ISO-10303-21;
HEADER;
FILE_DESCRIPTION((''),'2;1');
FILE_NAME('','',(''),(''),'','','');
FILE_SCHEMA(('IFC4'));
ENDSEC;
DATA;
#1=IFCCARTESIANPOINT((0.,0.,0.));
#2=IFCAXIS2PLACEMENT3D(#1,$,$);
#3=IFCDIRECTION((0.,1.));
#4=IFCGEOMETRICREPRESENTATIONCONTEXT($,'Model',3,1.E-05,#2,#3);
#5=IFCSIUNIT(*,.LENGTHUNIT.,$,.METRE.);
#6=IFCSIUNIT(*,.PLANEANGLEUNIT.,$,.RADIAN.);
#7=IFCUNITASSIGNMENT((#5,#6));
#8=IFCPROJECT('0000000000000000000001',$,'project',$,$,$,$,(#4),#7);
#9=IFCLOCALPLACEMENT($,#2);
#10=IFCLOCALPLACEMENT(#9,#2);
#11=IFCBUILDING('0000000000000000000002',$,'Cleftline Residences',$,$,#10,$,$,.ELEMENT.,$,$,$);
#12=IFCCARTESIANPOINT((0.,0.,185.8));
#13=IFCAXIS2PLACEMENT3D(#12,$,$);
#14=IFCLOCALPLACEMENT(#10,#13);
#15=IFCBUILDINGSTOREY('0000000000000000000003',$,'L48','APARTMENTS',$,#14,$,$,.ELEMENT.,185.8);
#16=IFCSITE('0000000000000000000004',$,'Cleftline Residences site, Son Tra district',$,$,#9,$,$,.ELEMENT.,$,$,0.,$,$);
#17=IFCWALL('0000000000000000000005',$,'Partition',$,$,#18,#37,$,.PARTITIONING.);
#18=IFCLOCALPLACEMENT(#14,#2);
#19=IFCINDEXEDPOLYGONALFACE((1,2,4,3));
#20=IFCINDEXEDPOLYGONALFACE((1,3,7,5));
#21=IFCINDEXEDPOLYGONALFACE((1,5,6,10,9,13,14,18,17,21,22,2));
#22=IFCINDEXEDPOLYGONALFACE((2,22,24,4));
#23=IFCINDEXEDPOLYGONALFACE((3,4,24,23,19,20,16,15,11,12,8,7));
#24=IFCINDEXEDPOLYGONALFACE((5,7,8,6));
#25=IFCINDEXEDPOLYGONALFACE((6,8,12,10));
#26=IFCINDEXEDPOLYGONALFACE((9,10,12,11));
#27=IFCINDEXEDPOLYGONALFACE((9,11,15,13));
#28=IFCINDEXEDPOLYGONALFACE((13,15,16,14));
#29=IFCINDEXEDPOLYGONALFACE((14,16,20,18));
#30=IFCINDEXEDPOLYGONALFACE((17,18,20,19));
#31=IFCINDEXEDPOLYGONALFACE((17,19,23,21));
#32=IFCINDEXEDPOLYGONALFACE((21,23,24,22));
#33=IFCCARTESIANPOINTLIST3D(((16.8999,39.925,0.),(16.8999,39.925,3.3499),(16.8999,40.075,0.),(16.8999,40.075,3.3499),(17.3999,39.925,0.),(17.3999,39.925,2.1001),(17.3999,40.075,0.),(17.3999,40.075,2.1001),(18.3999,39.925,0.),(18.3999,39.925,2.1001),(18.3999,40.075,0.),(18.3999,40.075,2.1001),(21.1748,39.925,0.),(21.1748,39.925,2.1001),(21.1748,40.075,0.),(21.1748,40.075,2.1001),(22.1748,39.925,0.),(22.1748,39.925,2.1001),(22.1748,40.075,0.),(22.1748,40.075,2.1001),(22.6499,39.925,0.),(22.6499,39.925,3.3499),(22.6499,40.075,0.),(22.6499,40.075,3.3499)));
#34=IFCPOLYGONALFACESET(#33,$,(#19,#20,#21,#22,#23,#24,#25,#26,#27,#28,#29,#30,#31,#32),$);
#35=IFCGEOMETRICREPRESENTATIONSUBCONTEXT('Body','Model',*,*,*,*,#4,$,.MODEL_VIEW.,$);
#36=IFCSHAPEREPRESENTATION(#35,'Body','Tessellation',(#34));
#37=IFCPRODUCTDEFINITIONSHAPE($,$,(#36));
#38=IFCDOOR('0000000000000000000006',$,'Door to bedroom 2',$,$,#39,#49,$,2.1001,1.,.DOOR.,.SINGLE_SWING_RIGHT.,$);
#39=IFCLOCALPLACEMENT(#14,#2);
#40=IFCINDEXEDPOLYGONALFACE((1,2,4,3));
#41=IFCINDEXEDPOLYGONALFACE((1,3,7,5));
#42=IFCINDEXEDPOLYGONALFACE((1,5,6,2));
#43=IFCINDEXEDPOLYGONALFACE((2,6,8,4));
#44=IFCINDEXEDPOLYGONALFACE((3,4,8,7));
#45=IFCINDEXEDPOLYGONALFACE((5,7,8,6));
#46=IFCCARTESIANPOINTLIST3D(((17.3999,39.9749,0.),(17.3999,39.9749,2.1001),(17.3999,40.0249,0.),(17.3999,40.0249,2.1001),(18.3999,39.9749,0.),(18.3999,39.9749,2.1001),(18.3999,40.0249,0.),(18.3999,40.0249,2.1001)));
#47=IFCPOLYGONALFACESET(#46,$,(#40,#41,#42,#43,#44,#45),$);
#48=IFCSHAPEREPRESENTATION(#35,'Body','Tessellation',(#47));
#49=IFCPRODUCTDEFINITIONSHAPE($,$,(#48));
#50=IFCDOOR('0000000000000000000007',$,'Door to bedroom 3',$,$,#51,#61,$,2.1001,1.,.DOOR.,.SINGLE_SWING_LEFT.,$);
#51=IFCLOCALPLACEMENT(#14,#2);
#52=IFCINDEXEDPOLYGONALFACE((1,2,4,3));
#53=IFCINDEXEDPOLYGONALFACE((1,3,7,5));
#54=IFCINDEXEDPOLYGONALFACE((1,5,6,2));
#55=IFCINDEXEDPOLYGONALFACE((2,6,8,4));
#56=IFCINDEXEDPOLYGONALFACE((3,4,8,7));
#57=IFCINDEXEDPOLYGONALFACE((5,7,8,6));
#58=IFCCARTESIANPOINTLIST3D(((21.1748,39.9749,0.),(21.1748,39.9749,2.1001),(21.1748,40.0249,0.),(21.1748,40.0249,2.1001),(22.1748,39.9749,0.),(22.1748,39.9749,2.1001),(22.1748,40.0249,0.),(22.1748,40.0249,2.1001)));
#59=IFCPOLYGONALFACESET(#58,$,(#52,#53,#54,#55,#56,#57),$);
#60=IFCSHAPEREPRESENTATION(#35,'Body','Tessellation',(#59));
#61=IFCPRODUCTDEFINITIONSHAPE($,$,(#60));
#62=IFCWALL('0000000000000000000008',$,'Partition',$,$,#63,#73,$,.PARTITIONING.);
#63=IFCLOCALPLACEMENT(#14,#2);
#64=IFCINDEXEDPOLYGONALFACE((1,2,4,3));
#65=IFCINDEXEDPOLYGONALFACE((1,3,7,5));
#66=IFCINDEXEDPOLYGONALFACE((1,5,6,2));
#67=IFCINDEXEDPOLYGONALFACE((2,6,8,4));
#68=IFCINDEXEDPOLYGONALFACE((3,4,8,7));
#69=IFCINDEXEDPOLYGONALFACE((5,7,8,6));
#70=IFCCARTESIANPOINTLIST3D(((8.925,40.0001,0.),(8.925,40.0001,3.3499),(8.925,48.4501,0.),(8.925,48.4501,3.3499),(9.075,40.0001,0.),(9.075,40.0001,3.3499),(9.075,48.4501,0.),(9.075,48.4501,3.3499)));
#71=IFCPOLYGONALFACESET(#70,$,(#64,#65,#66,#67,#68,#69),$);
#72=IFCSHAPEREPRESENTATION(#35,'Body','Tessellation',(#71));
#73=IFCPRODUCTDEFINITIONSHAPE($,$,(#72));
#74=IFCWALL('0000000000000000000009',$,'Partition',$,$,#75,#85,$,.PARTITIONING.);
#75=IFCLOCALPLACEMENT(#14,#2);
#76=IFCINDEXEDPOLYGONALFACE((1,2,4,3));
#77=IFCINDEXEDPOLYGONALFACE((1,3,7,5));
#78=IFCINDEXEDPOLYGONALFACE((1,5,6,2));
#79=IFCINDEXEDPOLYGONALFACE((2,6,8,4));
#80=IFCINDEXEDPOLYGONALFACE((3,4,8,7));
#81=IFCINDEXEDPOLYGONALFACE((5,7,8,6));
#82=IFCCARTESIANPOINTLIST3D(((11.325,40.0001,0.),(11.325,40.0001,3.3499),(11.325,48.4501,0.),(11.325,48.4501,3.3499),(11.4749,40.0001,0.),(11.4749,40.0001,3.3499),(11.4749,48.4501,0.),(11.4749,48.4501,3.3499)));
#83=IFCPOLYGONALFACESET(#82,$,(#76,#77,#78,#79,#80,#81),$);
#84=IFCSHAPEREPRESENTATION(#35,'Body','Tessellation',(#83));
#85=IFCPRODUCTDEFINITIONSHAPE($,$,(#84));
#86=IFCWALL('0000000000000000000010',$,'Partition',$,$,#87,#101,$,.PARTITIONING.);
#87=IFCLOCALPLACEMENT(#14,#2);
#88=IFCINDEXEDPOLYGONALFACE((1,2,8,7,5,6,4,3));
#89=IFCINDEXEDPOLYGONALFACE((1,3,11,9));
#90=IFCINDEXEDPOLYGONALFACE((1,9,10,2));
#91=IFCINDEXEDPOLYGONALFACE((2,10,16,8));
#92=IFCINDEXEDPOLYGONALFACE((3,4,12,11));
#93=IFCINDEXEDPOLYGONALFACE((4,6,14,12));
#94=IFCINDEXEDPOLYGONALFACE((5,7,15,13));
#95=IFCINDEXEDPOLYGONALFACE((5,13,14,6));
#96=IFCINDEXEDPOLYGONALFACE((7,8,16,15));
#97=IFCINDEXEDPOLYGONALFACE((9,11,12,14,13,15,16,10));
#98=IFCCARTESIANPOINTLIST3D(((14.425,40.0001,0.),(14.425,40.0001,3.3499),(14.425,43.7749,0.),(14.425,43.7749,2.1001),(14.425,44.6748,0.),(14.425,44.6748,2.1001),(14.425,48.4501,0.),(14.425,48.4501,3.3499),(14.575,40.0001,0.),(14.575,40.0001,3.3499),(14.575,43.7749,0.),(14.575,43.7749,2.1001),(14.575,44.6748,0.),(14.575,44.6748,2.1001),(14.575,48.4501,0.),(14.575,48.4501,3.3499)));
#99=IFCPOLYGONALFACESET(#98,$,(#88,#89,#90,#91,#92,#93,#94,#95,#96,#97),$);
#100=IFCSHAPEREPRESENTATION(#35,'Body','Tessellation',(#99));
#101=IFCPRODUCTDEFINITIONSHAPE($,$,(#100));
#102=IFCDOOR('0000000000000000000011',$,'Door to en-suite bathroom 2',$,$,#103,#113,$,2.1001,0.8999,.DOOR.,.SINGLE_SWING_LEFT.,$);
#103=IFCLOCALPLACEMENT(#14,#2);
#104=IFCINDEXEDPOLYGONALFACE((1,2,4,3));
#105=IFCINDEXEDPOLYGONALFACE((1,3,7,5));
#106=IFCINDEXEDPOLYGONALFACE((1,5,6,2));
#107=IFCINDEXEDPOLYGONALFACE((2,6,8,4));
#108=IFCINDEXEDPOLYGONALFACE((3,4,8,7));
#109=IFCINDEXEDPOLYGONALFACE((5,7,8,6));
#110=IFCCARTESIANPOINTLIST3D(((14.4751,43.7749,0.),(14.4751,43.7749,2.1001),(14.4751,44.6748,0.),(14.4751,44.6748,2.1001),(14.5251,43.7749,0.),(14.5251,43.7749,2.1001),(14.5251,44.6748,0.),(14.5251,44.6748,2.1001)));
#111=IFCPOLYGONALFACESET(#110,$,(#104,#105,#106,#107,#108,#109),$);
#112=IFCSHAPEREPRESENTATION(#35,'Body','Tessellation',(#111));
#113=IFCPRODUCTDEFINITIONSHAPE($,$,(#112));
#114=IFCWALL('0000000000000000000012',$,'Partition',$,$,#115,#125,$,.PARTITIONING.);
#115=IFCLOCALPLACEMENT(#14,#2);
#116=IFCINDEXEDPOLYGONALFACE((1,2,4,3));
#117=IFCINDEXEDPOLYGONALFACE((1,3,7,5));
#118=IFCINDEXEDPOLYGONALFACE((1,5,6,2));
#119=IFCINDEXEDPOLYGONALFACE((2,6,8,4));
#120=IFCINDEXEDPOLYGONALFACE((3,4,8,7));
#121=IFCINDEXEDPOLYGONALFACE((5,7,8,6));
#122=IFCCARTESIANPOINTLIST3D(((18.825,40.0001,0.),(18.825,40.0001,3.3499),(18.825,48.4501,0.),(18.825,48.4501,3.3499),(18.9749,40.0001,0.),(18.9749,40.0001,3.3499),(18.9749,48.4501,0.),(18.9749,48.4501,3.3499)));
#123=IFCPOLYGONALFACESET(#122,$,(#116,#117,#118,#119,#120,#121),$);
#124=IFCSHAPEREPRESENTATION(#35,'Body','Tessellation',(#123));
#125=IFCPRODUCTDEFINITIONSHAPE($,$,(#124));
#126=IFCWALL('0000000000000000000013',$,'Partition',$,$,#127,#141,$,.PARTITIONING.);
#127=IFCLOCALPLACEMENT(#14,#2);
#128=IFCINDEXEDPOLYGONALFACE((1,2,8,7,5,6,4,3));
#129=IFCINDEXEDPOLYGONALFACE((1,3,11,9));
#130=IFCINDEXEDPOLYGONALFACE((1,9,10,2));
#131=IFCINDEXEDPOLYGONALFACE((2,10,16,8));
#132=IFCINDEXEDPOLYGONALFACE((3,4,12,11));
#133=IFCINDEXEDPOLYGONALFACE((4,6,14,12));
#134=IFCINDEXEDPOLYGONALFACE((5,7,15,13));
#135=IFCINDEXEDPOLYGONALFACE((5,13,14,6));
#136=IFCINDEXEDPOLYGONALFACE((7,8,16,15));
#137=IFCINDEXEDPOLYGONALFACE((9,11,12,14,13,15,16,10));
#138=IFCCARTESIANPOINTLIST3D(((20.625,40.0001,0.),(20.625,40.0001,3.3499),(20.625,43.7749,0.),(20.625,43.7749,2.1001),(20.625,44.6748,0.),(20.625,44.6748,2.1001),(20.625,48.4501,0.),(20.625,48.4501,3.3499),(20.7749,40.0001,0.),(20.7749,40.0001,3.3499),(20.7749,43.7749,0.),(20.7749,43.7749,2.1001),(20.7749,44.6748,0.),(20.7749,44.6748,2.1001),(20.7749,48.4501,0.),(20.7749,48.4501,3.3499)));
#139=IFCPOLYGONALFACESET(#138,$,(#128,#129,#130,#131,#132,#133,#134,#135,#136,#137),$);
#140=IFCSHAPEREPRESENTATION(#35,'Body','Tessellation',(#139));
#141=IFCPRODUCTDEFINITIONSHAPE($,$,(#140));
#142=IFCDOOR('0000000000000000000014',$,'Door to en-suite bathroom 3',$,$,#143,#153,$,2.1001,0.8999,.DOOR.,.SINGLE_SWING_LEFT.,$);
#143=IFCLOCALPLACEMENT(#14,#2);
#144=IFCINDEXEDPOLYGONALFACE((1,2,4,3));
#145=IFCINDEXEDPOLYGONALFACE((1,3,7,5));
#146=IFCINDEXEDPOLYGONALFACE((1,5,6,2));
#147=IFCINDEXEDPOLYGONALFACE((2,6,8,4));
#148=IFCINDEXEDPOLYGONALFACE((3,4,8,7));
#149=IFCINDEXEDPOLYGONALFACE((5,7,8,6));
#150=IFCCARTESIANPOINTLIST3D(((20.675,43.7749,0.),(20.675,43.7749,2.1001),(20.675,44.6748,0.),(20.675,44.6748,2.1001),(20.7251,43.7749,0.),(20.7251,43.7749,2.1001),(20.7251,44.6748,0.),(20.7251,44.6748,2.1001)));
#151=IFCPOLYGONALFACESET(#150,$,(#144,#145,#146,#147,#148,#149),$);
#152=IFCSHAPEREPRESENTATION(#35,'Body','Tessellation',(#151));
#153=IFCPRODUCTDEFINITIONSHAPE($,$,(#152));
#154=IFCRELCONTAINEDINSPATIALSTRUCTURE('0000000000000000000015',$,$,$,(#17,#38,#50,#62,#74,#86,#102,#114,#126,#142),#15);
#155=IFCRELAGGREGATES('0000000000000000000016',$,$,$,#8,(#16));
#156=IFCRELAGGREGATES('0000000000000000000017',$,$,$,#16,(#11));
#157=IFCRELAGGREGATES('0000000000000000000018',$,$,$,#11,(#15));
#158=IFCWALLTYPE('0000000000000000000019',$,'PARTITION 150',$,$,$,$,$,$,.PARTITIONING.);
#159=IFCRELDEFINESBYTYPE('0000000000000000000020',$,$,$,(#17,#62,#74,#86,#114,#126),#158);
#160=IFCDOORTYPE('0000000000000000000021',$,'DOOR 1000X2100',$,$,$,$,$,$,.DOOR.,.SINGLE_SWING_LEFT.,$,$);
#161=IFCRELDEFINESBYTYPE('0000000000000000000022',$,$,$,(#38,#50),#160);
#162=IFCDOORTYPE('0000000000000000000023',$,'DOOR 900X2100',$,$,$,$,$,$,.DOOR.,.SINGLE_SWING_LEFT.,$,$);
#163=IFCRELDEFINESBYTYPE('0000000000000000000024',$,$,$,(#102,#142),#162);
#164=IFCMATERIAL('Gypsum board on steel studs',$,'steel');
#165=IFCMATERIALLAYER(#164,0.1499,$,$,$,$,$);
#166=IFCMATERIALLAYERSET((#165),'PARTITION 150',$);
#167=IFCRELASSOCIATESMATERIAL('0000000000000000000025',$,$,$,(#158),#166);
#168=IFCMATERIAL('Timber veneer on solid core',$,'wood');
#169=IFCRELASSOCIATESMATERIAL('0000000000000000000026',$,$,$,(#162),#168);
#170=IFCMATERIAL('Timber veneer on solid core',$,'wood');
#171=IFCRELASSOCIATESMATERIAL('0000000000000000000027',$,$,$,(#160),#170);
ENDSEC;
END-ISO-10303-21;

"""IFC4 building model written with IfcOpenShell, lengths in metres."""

from ifc_helpers import new_model, si_unit, direction, frame, frame_2d, origin, place, context, subcontext, project, spatial, rectangle, extrude, material, layer, layer_set, type_object, element, fill, save


model = new_model("IFC4")

# Units and contexts
model_context = context("Model", 3, precision=1e-05, world=origin(), true_north=direction((0.0, 1.0)))
body_context = subcontext(model_context, "Body", "Model", "MODEL_VIEW")
ifc_project = project(units=[si_unit("LENGTHUNIT", "METRE"), si_unit("PLANEANGLEUNIT", "RADIAN")], contexts=[model_context])

# Site, building, storey
site_placement = place(None, origin())
site = spatial("IfcSite", under=ifc_project, at=site_placement, Name="Cleftline Residences site, Son Tra district", CompositionType="ELEMENT", RefElevation=0.0)
building_placement = place(site_placement, origin())
building = spatial("IfcBuilding", under=site, at=building_placement, Name="Cleftline Residences", CompositionType="ELEMENT")
storey_placement = place(building_placement, frame((0.0, 0.0, 185.8)))
storey = spatial("IfcBuildingStorey", under=building, at=storey_placement, Name="L48", Description="APARTMENTS", CompositionType="ELEMENT", Elevation=185.8)

# Shared definitions
ifc_material_1 = material(Name="Gypsum board on steel studs", Category="steel")
ifc_layer = layer(ifc_material_1, 0.1499)
ifc_layer_set = layer_set([ifc_layer], Name="PARTITION 150")
wall_type = type_object("IfcWallType", Name="PARTITION 150", PredefinedType="PARTITIONING", material=ifc_layer_set)
ifc_material_2 = material(Name="Timber veneer on solid core", Category="wood")
door_type_1 = type_object("IfcDoorType", Name="DOOR 900X2100", OperationType="SINGLE_SWING_LEFT", PredefinedType="DOOR", material=ifc_material_2)

# Wall, openings, doors
wall_1_placement = place(storey_placement, frame((16.8999, 40.0, 0.0), z_axis=(0.0, 0.0, 1.0), x_axis=(1.0, 0.0, 0.0)))
wall_1 = element("IfcWall", 1, at=wall_1_placement, inside=storey, type_object=wall_type, Name="Partition", PredefinedType="PARTITIONING", context=body_context, shape_type="SweptSolid", body=[
    extrude(rectangle(XDim=5.75, YDim=0.1499, at=frame_2d((2.875, 0.0))), origin(), (0.0, 0.0, 1.0), 3.3499),
])
opening_1_placement = place(wall_1_placement, frame((0.5, 0.0, 0.0)))
opening_1 = element("IfcOpeningElement", 2, at=opening_1_placement, cuts=wall_1, PredefinedType="OPENING", context=body_context, shape_type="SweptSolid", body=[
    extrude(rectangle(XDim=1.0, YDim=2.1001, at=frame_2d((0.5, 1.05))), frame((0.0, 0.085, 0.0), z_axis=(0.0, -1.0, 0.0), x_axis=(1.0, 0.0, 0.0)), (0.0, 0.0, 1.0), 0.1699),
])
opening_2_placement = place(wall_1_placement, frame((4.2749, 0.0, 0.0)))
opening_2 = element("IfcOpeningElement", 3, at=opening_2_placement, cuts=wall_1, PredefinedType="OPENING", context=body_context, shape_type="SweptSolid", body=[
    extrude(rectangle(XDim=1.0, YDim=2.1001, at=frame_2d((0.5, 1.05))), frame((0.0, 0.085, 0.0), z_axis=(0.0, -1.0, 0.0), x_axis=(1.0, 0.0, 0.0)), (0.0, 0.0, 1.0), 0.1699),
])
ifc_material_3 = material(Name="Timber veneer on solid core", Category="wood")
door_type_2 = type_object("IfcDoorType", Name="DOOR 1000X2100", OperationType="SINGLE_SWING_LEFT", PredefinedType="DOOR", material=ifc_material_3)
door_1_placement = place(opening_1_placement, origin())
door_1 = element("IfcDoor", 4, at=door_1_placement, inside=storey, type_object=door_type_2, Name="Door to bedroom 2", OperationType="SINGLE_SWING_RIGHT", OverallHeight=2.1001, OverallWidth=1.0, PredefinedType="DOOR", context=body_context, shape_type="SweptSolid", body=[
    extrude(rectangle(XDim=1.0, YDim=2.1001, at=frame_2d((0.5, 1.05))), frame((0.0, 0.0249, 0.0), z_axis=(0.0, -1.0, 0.0), x_axis=(1.0, 0.0, 0.0)), (0.0, 0.0, 1.0), 0.05),
])
fill(opening_1, door_1)
door_2_placement = place(opening_2_placement, origin())
door_2 = element("IfcDoor", 5, at=door_2_placement, inside=storey, type_object=door_type_2, Name="Door to bedroom 3", OperationType="SINGLE_SWING_LEFT", OverallHeight=2.1001, OverallWidth=1.0, PredefinedType="DOOR", context=body_context, shape_type="SweptSolid", body=[
    extrude(rectangle(XDim=1.0, YDim=2.1001, at=frame_2d((0.5, 1.05))), frame((0.0, 0.0249, 0.0), z_axis=(0.0, -1.0, 0.0), x_axis=(1.0, 0.0, 0.0)), (0.0, 0.0, 1.0), 0.05),
])
fill(opening_2, door_2)

# Walls
for number, where, z_axis, x_axis, name in (
    (6, (9.0, 40.0, 0.0), (0.0, 0.0, 1.0), (0.0, 1.0, 0.0), "Partition"),
    (7, (11.3999, 40.0, 0.0), (0.0, 0.0, 1.0), (0.0, 1.0, 0.0), "Partition"),
):
    element("IfcWall", number, at=place(storey_placement, frame(where, z_axis=z_axis, x_axis=x_axis)), inside=storey, type_object=wall_type, Name=name, PredefinedType="PARTITIONING", context=body_context, shape_type="SweptSolid", body=[
        extrude(rectangle(XDim=8.45, YDim=0.1499, at=frame_2d((4.2251, 0.0))), origin(), (0.0, 0.0, 1.0), 3.3499),
    ])

# Wall, opening, door
wall_2_placement = place(storey_placement, frame((14.5, 40.0, 0.0), z_axis=(0.0, 0.0, 1.0), x_axis=(0.0, 1.0, 0.0)))
wall_2 = element("IfcWall", 8, at=wall_2_placement, inside=storey, type_object=wall_type, Name="Partition", PredefinedType="PARTITIONING", context=body_context, shape_type="SweptSolid", body=[
    extrude(rectangle(XDim=8.45, YDim=0.1499, at=frame_2d((4.2251, 0.0))), origin(), (0.0, 0.0, 1.0), 3.3499),
])
opening_3_placement = place(wall_2_placement, frame((3.7749, 0.0, 0.0)))
opening_3 = element("IfcOpeningElement", 9, at=opening_3_placement, cuts=wall_2, PredefinedType="OPENING", context=body_context, shape_type="SweptSolid", body=[
    extrude(rectangle(XDim=0.8999, YDim=2.1001, at=frame_2d((0.45, 1.05))), frame((0.0, 0.085, 0.0), z_axis=(0.0, -1.0, 0.0), x_axis=(1.0, 0.0, 0.0)), (0.0, 0.0, 1.0), 0.1699),
])
door_3_placement = place(opening_3_placement, origin())
door_3 = element("IfcDoor", 10, at=door_3_placement, inside=storey, type_object=door_type_1, Name="Door to en-suite bathroom 2", OperationType="SINGLE_SWING_LEFT", OverallHeight=2.1001, OverallWidth=0.8999, PredefinedType="DOOR", context=body_context, shape_type="SweptSolid", body=[
    extrude(rectangle(XDim=0.8999, YDim=2.1001, at=frame_2d((0.45, 1.05))), frame((0.0, 0.0249, 0.0), z_axis=(0.0, -1.0, 0.0), x_axis=(1.0, 0.0, 0.0)), (0.0, 0.0, 1.0), 0.05),
])
fill(opening_3, door_3)

# Wall
wall_3_placement = place(storey_placement, frame((18.8999, 40.0, 0.0), z_axis=(0.0, 0.0, 1.0), x_axis=(0.0, 1.0, 0.0)))
element("IfcWall", 11, at=wall_3_placement, inside=storey, type_object=wall_type, Name="Partition", PredefinedType="PARTITIONING", context=body_context, shape_type="SweptSolid", body=[
    extrude(rectangle(XDim=8.45, YDim=0.1499, at=frame_2d((4.2251, 0.0))), origin(), (0.0, 0.0, 1.0), 3.3499),
])

# Wall, opening, door
wall_4_placement = place(storey_placement, frame((20.7, 40.0, 0.0), z_axis=(0.0, 0.0, 1.0), x_axis=(0.0, 1.0, 0.0)))
wall_4 = element("IfcWall", 12, at=wall_4_placement, inside=storey, type_object=wall_type, Name="Partition", PredefinedType="PARTITIONING", context=body_context, shape_type="SweptSolid", body=[
    extrude(rectangle(XDim=8.45, YDim=0.1499, at=frame_2d((4.2251, 0.0))), origin(), (0.0, 0.0, 1.0), 3.3499),
])
opening_4_placement = place(wall_4_placement, frame((3.7749, 0.0, 0.0)))
opening_4 = element("IfcOpeningElement", 13, at=opening_4_placement, cuts=wall_4, PredefinedType="OPENING", context=body_context, shape_type="SweptSolid", body=[
    extrude(rectangle(XDim=0.8999, YDim=2.1001, at=frame_2d((0.45, 1.05))), frame((0.0, 0.085, 0.0), z_axis=(0.0, -1.0, 0.0), x_axis=(1.0, 0.0, 0.0)), (0.0, 0.0, 1.0), 0.1699),
])
door_4_placement = place(opening_4_placement, origin())
door_4 = element("IfcDoor", 14, at=door_4_placement, inside=storey, type_object=door_type_1, Name="Door to en-suite bathroom 3", OperationType="SINGLE_SWING_LEFT", OverallHeight=2.1001, OverallWidth=0.8999, PredefinedType="DOOR", context=body_context, shape_type="SweptSolid", body=[
    extrude(rectangle(XDim=0.8999, YDim=2.1001, at=frame_2d((0.45, 1.05))), frame((0.0, 0.0249, 0.0), z_axis=(0.0, -1.0, 0.0), x_axis=(1.0, 0.0, 0.0)), (0.0, 0.0, 1.0), 0.05),
])
fill(opening_4, door_4)

save(model, "model.ifc")
